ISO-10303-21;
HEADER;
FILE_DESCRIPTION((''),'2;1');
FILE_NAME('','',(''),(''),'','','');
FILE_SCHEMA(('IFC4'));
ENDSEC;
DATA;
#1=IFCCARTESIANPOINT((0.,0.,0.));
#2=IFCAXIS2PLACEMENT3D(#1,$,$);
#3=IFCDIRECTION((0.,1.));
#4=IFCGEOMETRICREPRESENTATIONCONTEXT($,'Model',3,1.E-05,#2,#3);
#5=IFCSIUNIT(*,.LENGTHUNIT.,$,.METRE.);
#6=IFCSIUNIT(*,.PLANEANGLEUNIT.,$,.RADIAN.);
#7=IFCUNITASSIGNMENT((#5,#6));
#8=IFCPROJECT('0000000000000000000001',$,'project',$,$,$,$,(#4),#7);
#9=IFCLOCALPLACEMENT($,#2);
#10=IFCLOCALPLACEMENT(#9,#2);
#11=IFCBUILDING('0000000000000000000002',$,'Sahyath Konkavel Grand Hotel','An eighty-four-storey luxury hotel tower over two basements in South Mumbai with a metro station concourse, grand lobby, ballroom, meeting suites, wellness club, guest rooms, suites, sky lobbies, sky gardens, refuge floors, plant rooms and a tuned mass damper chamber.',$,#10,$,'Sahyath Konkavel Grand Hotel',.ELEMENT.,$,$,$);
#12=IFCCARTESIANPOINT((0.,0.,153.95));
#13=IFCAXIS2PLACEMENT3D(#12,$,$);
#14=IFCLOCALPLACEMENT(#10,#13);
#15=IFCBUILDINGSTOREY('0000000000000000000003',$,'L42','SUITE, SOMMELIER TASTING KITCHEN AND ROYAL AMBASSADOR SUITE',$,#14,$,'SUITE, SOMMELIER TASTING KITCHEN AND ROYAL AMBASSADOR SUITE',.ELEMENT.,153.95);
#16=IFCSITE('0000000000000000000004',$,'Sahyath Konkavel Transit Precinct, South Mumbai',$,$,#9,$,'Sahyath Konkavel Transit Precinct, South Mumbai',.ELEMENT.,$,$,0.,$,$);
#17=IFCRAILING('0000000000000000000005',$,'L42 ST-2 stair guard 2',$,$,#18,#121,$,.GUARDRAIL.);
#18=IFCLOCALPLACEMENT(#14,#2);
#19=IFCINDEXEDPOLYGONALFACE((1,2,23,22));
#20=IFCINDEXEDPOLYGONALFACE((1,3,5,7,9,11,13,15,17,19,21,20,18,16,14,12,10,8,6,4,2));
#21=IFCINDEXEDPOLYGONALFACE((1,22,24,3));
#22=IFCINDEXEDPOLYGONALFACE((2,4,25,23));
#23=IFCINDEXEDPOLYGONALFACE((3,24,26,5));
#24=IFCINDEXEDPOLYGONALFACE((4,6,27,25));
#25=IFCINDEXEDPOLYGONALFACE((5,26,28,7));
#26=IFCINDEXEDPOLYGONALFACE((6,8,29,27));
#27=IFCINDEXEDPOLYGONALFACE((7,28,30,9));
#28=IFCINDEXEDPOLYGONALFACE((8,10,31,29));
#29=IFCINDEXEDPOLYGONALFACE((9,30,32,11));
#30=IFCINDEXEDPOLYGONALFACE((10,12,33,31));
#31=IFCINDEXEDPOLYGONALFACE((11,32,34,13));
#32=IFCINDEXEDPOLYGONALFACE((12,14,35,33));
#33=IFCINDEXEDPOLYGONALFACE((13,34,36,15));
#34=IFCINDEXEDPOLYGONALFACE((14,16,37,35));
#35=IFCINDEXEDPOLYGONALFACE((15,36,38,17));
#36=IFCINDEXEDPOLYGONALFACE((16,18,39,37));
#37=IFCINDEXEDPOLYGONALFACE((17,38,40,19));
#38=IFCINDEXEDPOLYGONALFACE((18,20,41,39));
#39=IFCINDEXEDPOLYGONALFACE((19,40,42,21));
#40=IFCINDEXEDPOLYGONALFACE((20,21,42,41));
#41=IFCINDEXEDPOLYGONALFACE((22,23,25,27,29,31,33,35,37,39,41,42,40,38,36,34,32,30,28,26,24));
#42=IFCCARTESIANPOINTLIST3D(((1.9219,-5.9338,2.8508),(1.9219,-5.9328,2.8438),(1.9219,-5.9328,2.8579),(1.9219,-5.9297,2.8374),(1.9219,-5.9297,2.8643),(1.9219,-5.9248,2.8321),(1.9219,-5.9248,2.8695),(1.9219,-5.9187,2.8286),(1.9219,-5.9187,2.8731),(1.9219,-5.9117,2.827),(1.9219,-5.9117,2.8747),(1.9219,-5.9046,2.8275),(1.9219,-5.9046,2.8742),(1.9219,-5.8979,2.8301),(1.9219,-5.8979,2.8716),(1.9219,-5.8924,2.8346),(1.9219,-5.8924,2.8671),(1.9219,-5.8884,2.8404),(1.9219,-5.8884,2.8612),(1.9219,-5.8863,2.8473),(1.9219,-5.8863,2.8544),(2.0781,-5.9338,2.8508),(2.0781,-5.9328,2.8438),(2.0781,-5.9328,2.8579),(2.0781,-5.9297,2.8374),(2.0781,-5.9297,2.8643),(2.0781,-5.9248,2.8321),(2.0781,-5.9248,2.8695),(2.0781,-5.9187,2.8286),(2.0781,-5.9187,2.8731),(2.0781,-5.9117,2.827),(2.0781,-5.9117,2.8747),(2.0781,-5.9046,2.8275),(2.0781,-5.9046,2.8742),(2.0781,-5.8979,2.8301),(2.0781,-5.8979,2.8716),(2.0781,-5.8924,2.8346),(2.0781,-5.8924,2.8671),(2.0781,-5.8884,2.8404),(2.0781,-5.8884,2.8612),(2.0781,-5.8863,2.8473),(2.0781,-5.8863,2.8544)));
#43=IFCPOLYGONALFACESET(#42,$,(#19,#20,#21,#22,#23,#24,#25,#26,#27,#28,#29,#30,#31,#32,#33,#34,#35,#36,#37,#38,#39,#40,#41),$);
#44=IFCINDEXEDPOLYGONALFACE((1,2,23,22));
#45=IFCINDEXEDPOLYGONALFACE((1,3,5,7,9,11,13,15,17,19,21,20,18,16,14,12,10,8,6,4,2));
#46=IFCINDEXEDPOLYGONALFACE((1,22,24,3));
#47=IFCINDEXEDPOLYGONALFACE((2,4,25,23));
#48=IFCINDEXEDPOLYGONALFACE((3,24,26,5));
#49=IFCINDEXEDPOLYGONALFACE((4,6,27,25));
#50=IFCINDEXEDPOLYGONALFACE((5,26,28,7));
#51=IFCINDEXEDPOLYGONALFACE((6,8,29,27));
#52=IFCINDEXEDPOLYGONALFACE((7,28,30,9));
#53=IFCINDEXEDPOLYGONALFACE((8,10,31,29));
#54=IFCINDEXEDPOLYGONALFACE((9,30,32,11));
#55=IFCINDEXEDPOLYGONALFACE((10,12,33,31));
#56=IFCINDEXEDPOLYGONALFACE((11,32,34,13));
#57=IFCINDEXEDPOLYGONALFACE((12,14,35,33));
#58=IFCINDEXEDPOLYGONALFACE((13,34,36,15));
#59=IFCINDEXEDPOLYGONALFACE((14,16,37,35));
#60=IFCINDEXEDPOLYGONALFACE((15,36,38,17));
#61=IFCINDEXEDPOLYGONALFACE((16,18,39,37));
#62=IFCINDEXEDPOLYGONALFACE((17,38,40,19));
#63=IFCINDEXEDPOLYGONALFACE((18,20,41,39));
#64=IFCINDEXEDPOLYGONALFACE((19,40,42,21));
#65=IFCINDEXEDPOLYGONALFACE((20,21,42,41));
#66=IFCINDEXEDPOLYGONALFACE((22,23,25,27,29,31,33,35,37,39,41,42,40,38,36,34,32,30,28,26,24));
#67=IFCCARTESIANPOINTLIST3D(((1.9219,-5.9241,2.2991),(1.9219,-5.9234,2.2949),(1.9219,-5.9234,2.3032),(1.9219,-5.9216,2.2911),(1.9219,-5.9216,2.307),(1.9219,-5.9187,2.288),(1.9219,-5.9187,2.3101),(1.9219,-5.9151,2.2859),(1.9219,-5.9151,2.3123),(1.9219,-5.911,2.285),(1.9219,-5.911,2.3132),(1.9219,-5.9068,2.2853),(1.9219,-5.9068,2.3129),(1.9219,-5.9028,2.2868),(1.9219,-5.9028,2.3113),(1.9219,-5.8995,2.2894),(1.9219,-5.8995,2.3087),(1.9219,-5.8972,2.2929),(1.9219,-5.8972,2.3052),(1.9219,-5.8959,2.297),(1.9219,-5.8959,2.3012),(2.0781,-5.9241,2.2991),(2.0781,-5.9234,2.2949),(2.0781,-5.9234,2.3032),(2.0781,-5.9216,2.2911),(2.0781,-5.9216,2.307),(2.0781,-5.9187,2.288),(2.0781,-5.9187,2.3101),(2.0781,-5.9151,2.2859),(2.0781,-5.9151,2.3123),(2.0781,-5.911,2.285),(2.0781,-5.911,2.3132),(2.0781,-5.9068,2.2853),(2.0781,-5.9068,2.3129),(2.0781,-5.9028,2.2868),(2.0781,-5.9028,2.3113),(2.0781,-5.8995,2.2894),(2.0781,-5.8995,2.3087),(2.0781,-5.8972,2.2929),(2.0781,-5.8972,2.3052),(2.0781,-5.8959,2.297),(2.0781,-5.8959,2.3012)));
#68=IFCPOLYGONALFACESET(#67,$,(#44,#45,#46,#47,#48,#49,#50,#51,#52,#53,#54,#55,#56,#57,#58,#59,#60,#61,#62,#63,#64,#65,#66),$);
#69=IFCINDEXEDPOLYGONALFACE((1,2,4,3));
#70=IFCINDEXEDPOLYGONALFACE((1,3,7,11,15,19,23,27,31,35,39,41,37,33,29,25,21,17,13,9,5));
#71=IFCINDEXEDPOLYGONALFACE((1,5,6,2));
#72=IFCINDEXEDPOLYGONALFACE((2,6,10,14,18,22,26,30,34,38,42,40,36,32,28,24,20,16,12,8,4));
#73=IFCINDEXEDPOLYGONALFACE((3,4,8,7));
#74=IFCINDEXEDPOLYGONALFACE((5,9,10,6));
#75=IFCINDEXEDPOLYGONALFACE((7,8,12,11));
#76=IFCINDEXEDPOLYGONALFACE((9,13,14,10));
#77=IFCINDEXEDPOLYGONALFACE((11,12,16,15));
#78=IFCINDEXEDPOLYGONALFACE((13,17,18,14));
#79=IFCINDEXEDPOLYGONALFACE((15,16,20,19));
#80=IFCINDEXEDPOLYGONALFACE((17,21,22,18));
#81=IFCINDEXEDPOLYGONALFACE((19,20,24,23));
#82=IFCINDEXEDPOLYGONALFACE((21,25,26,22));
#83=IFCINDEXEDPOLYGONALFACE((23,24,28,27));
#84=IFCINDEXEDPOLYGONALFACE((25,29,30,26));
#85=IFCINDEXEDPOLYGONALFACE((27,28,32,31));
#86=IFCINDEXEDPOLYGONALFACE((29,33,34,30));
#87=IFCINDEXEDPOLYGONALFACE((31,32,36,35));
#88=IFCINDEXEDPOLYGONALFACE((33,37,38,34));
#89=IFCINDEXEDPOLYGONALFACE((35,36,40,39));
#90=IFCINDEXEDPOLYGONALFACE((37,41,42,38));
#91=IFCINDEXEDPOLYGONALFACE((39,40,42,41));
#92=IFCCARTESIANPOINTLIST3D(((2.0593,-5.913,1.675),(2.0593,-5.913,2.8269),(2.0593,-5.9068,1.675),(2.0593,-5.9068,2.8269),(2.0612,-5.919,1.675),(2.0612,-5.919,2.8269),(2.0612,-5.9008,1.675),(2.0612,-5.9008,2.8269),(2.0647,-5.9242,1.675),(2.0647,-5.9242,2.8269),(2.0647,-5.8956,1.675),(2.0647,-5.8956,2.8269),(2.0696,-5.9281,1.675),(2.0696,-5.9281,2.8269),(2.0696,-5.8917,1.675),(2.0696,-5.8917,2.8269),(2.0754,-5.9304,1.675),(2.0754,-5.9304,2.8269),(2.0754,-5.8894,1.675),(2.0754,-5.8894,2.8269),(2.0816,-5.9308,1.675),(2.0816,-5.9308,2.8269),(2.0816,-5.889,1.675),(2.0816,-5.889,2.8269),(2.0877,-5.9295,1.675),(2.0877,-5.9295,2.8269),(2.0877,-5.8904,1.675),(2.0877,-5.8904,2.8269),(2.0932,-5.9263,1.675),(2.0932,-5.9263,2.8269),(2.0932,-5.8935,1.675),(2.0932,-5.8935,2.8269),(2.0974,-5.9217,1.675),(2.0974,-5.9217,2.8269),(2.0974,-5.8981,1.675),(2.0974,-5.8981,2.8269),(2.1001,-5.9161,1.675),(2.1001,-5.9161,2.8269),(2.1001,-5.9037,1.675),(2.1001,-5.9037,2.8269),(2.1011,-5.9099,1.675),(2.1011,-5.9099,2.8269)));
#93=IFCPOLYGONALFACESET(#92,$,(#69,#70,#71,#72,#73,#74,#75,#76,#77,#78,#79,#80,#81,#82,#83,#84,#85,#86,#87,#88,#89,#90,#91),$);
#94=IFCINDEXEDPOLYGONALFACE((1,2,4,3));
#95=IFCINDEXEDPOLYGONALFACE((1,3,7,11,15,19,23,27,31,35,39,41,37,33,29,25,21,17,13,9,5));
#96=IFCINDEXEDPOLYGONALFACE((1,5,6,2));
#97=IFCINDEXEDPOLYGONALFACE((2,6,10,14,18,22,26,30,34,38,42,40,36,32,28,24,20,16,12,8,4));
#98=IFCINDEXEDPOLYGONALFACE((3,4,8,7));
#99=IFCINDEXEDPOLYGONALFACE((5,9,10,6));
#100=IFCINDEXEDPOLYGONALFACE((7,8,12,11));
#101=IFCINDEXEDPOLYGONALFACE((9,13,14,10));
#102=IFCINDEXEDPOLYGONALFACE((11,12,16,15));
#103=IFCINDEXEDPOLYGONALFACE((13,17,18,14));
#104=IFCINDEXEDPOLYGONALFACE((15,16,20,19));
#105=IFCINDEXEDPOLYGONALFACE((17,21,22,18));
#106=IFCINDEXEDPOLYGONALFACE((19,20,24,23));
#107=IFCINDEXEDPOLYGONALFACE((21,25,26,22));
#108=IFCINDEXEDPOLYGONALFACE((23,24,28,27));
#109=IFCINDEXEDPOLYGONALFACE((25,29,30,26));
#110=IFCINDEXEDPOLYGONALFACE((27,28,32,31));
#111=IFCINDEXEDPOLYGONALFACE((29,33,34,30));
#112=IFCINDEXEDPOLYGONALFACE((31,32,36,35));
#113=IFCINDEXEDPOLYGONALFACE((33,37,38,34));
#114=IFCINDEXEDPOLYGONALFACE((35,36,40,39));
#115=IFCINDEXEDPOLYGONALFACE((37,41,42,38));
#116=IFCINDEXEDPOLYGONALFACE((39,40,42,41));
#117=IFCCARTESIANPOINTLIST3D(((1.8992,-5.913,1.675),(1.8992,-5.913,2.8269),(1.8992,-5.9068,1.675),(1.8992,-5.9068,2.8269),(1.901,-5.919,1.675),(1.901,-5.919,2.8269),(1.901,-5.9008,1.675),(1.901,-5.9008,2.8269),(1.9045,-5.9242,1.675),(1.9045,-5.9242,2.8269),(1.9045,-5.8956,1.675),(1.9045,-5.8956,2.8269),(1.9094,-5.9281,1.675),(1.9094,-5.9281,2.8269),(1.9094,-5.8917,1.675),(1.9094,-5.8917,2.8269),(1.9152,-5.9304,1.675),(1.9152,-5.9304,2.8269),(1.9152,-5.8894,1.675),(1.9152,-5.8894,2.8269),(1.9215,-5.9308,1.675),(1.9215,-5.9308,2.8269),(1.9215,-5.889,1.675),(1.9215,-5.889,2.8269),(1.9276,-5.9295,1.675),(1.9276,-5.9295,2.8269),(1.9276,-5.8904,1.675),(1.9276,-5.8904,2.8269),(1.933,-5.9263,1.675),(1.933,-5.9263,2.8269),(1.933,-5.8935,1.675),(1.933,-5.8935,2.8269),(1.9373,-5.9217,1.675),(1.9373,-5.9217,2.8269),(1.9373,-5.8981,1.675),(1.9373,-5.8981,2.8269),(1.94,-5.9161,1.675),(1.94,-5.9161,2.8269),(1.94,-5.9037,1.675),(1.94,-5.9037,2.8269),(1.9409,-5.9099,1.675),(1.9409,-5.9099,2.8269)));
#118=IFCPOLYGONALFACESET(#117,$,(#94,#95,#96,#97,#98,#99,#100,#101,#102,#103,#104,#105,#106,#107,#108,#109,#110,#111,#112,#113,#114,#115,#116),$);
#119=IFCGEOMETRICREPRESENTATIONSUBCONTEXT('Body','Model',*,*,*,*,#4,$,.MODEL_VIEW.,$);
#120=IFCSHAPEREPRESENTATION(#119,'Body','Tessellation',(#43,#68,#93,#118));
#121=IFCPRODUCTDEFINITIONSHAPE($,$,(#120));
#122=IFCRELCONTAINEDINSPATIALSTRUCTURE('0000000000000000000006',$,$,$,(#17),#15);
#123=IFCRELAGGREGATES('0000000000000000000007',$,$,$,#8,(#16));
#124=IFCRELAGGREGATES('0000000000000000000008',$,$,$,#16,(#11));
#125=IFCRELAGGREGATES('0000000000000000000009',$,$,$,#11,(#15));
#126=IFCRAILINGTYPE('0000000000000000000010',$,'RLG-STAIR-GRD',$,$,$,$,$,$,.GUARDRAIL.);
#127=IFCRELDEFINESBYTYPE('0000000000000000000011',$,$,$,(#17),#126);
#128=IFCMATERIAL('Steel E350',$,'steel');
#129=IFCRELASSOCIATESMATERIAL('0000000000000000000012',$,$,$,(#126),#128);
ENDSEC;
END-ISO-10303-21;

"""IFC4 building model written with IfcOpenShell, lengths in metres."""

from ifc_helpers import new_model, si_unit, direction, frame, origin, origin_2d, place, context, subcontext, project, spatial, circle, extrude, material, type_object, element, save


model = new_model("IFC4")

# Units and contexts
model_context = context("Model", 3, precision=1e-05, world=origin(), true_north=direction((0.0, 1.0)))
body_context = subcontext(model_context, "Body", "Model", "MODEL_VIEW")
ifc_project = project(units=[si_unit("LENGTHUNIT", "METRE"), si_unit("PLANEANGLEUNIT", "RADIAN")], contexts=[model_context])

# Site, building, storey
site_placement = place(None, origin())
site = spatial("IfcSite", under=ifc_project, at=site_placement, Name="Sahyath Konkavel Transit Precinct, South Mumbai", LongName="Sahyath Konkavel Transit Precinct, South Mumbai", CompositionType="ELEMENT", RefElevation=0.0)
building_placement = place(site_placement, origin())
building = spatial("IfcBuilding", under=site, at=building_placement, Name="Sahyath Konkavel Grand Hotel", Description="An eighty-four-storey luxury hotel tower over two basements in South Mumbai with a metro station concourse, grand lobby, ballroom, meeting suites, wellness club, guest rooms, suites, sky lobbies, sky gardens, refuge floors, plant rooms and a tuned mass damper chamber.", LongName="Sahyath Konkavel Grand Hotel", CompositionType="ELEMENT")
storey_placement = place(building_placement, frame((0.0, 0.0, 153.95)))
storey = spatial("IfcBuildingStorey", under=building, at=storey_placement, Name="L42", Description="SUITE, SOMMELIER TASTING KITCHEN AND ROYAL AMBASSADOR SUITE", LongName="SUITE, SOMMELIER TASTING KITCHEN AND ROYAL AMBASSADOR SUITE", CompositionType="ELEMENT", Elevation=153.95)

# Shared definitions
ifc_material_1 = material(Name="Steel E350", Category="steel")

# Railing
railing_type_1 = type_object("IfcRailingType", Name="RLG-STAIR-GRD", PredefinedType="GUARDRAIL", material=ifc_material_1)
railing_1_placement = place(storey_placement, frame((2.0801, -5.9099, 1.675)))
element("IfcRailing", 1, at=railing_1_placement, inside=storey, type_object=railing_type_1, Name="L42 ST-2 stair guard 2", PredefinedType="GUARDRAIL", context=body_context, shape_type="SweptSolid", body=[
    extrude(circle(Radius=0.0239, at=origin_2d()), frame((-0.002, 0.0, 1.1758), z_axis=(-1.0, 0.0, 0.0), x_axis=(0.0, -1.0, 0.0)), (0.0, 0.0, 1.0), 0.1562),
    extrude(circle(Radius=0.0142, at=origin_2d()), frame((-0.002, 0.0, 0.624), z_axis=(-1.0, 0.0, 0.0), x_axis=(0.0, -1.0, 0.0)), (0.0, 0.0, 1.0), 0.1562),
    extrude(circle(Radius=0.021, at=origin_2d()), origin(), (0.0, 0.0, 1.0), 1.1519),
    extrude(circle(Radius=0.021, at=origin_2d()), frame((-0.1602, 0.0, 0.0)), (0.0, 0.0, 1.0), 1.1519),
])

save(model, "model.ifc")
